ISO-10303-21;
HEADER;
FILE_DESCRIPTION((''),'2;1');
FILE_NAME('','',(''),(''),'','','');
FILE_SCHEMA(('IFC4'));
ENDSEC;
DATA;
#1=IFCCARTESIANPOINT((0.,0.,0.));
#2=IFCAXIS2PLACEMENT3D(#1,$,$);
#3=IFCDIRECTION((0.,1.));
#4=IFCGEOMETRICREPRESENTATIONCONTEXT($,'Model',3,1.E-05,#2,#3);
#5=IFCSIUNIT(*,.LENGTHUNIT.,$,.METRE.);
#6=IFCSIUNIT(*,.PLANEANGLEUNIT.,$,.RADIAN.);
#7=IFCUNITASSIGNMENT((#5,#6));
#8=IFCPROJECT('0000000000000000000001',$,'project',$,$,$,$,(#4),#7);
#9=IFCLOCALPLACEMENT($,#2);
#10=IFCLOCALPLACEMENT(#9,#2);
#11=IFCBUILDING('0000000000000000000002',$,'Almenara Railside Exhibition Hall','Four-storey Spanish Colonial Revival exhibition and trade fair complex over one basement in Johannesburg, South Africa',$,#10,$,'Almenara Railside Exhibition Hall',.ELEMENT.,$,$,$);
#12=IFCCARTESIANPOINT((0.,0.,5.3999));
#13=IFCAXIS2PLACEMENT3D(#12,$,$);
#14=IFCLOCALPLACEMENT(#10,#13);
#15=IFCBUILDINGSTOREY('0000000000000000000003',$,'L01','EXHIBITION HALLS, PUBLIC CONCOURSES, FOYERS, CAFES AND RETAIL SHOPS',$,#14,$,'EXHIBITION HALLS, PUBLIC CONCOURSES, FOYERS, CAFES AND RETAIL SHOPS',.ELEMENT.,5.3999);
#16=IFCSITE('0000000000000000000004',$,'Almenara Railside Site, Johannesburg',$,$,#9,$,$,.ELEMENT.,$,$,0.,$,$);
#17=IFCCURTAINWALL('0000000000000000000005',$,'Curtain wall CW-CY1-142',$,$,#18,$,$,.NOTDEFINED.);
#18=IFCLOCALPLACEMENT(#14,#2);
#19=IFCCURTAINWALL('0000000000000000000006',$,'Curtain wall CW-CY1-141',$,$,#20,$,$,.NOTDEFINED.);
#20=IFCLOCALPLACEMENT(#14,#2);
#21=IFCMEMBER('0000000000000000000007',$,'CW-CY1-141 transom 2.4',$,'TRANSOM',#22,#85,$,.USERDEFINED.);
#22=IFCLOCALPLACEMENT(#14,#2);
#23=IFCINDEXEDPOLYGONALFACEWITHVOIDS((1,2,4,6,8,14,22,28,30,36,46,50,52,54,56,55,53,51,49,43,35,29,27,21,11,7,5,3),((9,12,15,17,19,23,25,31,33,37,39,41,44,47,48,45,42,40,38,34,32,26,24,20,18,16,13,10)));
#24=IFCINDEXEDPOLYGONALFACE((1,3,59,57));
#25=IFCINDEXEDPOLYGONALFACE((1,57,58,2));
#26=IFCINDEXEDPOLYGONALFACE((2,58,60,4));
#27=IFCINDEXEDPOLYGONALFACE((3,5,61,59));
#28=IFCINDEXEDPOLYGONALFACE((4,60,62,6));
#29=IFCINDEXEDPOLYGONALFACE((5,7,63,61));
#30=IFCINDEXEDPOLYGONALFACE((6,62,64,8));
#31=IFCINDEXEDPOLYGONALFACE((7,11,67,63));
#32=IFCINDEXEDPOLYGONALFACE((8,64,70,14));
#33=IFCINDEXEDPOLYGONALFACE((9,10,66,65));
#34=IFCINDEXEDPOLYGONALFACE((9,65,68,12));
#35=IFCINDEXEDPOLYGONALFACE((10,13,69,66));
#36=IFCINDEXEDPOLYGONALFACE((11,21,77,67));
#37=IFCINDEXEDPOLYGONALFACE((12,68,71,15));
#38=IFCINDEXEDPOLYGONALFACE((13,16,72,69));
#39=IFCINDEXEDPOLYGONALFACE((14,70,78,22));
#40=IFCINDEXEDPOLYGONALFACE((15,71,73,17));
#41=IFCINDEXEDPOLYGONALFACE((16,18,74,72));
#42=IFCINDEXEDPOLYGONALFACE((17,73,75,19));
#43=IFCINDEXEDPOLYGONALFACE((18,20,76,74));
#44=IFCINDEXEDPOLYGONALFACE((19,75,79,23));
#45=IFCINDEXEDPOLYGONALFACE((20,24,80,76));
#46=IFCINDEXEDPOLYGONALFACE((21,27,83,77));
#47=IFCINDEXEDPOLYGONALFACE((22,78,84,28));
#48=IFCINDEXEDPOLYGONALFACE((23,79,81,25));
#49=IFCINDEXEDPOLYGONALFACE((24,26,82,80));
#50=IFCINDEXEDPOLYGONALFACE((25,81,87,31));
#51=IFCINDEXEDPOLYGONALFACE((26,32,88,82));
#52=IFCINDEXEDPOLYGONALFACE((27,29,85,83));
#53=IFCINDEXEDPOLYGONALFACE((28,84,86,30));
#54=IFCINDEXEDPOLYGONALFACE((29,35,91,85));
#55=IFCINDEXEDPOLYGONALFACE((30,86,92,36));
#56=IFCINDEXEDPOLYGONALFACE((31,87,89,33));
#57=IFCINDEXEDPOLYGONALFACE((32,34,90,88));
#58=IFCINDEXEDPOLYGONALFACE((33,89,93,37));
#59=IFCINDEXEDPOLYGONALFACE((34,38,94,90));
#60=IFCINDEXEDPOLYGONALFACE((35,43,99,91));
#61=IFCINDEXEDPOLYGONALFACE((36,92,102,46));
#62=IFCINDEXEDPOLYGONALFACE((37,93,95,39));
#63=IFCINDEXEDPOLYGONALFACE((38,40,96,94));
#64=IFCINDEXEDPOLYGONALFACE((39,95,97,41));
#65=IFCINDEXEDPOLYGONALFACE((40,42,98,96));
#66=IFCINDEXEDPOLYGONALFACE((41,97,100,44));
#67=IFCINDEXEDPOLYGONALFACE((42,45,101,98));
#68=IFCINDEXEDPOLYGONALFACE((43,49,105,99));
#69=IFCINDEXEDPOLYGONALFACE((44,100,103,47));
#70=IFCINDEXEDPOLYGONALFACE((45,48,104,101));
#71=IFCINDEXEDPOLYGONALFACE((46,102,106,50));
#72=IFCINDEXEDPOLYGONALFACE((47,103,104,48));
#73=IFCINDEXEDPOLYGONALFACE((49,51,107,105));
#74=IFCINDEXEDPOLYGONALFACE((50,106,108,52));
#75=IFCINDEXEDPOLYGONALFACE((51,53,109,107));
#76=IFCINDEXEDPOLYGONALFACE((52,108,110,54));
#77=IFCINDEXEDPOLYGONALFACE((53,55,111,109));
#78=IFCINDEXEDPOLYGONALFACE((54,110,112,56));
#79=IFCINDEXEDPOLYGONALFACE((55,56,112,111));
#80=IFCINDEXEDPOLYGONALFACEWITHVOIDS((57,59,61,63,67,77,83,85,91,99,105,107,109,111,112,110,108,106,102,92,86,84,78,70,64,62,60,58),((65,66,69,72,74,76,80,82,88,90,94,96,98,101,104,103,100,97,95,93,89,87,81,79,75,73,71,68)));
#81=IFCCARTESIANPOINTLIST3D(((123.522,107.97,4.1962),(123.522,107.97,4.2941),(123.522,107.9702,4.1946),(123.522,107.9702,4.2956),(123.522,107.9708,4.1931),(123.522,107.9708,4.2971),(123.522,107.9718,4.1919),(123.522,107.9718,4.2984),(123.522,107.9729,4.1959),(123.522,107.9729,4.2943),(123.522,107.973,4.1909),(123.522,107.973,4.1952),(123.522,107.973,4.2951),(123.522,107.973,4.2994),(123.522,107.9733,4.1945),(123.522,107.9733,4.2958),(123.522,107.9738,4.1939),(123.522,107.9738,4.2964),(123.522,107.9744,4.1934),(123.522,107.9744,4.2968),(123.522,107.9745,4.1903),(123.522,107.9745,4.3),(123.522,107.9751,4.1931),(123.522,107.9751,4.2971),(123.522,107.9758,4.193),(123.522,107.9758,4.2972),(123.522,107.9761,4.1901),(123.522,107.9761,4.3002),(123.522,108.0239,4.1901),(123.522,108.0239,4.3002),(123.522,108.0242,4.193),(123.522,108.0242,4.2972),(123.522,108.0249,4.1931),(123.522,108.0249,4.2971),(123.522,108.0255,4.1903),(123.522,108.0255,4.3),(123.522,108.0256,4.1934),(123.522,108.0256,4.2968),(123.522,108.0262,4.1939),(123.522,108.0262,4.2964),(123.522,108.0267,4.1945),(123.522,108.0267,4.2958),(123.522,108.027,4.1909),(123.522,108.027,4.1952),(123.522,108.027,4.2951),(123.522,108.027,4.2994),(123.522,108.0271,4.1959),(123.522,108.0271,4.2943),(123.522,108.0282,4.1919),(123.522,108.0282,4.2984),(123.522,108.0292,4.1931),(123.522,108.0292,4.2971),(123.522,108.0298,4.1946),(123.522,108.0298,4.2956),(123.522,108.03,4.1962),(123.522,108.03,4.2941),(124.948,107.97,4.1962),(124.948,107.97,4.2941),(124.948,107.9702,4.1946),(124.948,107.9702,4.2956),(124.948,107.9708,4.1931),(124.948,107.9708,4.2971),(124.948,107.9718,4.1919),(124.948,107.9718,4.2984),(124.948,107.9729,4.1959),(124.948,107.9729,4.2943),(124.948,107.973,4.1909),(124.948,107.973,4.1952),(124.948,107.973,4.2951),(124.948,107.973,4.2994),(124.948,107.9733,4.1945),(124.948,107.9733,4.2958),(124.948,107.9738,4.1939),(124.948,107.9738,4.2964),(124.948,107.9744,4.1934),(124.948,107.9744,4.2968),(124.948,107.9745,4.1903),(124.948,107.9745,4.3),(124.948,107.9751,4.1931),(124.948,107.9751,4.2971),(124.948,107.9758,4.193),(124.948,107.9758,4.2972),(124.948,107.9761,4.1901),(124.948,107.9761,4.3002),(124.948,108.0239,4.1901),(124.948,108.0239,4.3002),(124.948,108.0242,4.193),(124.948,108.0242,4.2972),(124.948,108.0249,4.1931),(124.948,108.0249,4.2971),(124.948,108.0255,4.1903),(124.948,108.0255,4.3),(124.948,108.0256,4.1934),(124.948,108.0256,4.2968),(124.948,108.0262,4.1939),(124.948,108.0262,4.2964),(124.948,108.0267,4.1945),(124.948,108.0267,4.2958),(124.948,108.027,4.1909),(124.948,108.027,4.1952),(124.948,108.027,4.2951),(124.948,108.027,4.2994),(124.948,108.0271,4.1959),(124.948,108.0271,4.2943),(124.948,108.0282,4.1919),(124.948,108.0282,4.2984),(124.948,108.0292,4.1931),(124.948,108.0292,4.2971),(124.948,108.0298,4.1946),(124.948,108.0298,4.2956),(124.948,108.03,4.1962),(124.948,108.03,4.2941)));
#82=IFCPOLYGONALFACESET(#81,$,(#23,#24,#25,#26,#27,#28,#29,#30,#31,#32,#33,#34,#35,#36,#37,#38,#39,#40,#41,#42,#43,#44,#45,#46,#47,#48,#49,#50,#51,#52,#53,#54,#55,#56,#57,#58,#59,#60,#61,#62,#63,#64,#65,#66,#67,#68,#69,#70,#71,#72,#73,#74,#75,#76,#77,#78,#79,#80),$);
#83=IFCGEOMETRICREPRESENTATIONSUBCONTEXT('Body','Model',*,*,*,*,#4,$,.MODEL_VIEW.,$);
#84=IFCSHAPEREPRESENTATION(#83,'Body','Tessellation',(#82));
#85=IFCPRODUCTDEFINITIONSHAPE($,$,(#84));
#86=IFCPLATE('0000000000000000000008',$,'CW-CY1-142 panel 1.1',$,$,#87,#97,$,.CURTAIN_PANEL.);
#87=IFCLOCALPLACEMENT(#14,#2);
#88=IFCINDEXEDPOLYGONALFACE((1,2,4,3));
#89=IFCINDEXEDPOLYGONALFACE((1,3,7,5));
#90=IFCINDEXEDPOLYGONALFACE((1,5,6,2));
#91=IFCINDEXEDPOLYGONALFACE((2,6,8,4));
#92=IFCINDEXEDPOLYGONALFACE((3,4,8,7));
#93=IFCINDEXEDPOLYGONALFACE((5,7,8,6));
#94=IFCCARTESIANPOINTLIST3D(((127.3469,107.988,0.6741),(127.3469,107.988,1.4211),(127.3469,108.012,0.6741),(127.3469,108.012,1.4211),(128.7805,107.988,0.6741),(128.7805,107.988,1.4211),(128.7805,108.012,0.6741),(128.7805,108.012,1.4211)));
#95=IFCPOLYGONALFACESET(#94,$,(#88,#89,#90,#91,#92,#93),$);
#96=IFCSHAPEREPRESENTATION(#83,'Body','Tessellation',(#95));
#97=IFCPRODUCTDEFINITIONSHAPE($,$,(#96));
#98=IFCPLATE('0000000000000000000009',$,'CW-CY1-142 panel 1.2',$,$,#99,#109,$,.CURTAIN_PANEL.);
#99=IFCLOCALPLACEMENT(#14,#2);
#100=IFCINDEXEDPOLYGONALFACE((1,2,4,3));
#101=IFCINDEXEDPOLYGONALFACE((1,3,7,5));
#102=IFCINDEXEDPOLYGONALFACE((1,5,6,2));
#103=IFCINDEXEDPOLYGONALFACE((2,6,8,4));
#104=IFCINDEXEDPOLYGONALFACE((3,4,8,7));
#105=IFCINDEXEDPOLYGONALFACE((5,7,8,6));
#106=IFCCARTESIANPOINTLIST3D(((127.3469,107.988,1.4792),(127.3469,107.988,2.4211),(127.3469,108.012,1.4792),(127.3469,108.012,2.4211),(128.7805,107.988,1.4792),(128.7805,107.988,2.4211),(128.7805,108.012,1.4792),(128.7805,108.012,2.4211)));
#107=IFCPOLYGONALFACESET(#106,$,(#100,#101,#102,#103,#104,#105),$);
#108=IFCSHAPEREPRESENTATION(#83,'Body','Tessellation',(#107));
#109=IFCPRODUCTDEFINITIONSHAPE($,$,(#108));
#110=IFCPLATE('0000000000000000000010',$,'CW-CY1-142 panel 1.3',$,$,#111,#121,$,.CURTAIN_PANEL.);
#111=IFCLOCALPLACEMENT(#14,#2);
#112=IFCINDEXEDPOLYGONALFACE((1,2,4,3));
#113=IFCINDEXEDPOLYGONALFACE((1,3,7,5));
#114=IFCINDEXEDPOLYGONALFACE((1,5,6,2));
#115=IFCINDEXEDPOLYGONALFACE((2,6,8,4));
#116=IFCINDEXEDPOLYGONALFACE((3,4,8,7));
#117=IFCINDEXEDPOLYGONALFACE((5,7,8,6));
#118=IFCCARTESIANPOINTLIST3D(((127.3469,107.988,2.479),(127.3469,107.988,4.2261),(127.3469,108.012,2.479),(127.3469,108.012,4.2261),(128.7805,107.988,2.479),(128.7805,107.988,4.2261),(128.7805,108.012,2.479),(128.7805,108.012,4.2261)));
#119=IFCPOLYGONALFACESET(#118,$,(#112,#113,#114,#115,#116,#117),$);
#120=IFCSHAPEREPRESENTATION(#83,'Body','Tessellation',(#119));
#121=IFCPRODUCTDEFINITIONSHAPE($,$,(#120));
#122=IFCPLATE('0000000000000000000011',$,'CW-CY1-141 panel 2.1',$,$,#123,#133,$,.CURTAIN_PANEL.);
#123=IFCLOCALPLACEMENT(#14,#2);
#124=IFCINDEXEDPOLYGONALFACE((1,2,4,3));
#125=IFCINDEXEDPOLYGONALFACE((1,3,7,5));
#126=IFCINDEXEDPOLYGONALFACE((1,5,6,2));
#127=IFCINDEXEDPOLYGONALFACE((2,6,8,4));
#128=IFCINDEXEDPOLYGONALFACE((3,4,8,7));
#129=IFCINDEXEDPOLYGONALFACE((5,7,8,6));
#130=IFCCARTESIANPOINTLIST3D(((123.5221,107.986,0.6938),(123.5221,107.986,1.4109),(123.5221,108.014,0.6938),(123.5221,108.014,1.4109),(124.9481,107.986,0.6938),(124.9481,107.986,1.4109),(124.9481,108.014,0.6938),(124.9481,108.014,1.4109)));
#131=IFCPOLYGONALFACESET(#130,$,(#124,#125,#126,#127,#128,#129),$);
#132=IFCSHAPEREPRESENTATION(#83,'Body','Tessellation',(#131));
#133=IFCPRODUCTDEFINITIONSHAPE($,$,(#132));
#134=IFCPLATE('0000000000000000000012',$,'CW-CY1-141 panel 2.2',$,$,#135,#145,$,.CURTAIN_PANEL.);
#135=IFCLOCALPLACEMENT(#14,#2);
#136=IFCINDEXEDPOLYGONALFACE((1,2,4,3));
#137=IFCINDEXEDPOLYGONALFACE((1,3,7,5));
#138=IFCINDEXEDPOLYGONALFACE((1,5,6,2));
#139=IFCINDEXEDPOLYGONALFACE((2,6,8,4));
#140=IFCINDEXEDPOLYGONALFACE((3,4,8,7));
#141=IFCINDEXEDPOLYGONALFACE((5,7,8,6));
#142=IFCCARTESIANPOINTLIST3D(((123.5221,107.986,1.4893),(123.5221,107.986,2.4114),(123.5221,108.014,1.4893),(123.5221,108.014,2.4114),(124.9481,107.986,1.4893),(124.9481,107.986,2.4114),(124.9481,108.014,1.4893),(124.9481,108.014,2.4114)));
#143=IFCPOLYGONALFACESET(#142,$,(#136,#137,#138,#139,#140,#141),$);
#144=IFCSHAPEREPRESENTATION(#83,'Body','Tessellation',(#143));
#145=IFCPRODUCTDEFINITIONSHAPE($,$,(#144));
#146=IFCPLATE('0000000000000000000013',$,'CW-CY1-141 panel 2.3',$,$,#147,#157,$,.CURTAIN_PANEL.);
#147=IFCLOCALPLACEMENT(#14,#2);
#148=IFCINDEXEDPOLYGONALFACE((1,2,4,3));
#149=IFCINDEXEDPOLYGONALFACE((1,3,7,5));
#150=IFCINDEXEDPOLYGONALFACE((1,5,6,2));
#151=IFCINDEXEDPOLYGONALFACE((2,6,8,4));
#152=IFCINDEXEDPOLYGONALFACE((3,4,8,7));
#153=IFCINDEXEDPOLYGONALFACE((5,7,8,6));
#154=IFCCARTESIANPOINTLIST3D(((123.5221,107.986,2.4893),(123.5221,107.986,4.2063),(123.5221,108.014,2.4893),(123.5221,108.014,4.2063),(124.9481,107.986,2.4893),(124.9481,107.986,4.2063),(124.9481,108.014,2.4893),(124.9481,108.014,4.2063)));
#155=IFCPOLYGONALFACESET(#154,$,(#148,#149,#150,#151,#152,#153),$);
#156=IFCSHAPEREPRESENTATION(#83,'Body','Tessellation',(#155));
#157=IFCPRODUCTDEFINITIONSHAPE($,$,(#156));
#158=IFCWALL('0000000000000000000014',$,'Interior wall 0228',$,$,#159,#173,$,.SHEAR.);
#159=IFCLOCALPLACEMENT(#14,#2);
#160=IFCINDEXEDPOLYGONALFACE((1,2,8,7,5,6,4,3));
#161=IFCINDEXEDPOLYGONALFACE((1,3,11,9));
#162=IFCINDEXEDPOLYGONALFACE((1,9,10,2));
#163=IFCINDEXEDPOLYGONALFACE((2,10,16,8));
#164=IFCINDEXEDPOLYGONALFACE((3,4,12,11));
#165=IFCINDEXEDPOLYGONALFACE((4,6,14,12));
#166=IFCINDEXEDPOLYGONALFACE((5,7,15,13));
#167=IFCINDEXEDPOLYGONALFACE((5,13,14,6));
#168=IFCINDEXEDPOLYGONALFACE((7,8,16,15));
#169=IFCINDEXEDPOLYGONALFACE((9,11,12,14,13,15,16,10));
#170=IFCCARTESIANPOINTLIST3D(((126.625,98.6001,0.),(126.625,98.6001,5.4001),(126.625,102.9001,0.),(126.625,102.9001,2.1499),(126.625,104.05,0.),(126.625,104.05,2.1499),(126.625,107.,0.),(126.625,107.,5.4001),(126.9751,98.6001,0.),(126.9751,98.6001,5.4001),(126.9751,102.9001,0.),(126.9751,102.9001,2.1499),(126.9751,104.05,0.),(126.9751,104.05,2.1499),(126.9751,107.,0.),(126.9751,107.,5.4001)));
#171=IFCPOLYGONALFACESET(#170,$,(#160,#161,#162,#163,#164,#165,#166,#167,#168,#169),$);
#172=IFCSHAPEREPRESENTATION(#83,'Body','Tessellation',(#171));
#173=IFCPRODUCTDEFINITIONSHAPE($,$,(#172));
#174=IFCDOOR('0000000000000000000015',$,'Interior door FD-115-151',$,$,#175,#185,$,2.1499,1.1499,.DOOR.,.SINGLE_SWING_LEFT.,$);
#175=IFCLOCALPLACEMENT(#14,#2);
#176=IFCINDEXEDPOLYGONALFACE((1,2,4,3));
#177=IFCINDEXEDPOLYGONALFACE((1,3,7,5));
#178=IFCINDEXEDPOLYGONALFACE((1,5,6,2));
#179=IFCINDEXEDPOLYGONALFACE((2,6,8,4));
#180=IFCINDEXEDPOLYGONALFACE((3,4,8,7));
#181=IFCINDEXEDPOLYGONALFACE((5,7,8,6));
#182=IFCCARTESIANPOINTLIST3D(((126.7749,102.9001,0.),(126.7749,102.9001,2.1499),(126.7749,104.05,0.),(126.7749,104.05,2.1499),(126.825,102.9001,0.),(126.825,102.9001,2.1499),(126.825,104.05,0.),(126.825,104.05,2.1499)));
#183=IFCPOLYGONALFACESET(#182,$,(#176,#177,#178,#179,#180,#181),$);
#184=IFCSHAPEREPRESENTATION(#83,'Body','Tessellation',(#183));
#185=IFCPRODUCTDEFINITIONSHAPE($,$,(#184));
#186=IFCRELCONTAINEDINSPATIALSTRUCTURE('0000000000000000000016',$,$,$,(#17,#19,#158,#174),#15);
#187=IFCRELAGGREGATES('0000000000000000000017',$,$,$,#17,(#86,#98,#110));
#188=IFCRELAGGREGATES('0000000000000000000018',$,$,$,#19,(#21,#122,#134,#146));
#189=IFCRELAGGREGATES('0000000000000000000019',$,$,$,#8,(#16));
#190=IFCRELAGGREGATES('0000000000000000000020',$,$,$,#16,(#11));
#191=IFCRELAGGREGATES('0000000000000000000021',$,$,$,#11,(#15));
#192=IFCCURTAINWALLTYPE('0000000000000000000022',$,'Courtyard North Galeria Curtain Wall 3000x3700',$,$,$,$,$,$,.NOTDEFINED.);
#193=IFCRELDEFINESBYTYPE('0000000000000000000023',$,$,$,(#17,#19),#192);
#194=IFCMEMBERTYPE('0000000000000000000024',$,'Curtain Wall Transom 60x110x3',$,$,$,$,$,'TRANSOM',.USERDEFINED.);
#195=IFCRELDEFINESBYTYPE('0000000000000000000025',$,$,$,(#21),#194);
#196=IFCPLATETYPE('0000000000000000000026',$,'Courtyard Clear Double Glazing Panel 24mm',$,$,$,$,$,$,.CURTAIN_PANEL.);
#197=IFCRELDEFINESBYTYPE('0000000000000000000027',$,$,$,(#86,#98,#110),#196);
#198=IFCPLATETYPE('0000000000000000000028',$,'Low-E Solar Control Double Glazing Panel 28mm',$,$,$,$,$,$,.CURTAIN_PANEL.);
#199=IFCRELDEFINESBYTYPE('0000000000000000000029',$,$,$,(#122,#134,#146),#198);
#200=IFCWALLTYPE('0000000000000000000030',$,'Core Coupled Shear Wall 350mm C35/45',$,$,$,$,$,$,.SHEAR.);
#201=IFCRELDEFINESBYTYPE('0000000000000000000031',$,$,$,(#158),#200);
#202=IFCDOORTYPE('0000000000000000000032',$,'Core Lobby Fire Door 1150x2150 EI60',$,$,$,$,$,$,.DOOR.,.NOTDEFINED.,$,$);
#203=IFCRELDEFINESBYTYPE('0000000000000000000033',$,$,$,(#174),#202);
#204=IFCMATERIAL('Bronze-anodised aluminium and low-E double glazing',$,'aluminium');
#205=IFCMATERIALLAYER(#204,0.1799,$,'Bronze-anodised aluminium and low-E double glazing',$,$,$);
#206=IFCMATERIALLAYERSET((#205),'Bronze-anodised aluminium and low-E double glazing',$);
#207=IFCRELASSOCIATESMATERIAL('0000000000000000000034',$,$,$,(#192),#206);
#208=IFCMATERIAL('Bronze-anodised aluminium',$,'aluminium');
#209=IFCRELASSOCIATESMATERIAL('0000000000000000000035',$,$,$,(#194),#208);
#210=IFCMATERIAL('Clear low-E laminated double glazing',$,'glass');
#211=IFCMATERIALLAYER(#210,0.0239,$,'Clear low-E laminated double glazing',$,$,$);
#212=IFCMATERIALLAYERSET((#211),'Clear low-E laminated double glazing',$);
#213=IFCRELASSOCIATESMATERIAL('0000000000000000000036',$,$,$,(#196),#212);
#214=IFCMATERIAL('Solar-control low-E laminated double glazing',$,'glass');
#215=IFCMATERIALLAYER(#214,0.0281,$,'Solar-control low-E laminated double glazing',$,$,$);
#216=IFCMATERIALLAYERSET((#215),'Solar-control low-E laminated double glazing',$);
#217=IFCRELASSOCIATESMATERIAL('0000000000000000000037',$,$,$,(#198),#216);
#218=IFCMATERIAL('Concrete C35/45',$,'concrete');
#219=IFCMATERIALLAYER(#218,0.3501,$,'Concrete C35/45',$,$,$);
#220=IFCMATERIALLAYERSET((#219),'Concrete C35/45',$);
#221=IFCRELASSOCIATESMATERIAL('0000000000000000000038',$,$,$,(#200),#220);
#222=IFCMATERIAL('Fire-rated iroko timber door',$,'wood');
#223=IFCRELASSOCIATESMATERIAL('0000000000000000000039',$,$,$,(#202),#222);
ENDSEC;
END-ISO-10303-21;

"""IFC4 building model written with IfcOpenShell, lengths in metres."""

from ifc_helpers import new_model, si_unit, direction, frame, frame_2d, origin, origin_2d, place, context, subcontext, project, spatial, rectangle, hollow_rectangle, extrude, material, layer, layer_set, material_profile, profile_set, type_object, element, fill, aggregate, save


model = new_model("IFC4")

# Units and contexts
model_context = context("Model", 3, precision=1e-05, world=origin(), true_north=direction((0.0, 1.0)))
body_context = subcontext(model_context, "Body", "Model", "MODEL_VIEW")
ifc_project = project(units=[si_unit("LENGTHUNIT", "METRE"), si_unit("PLANEANGLEUNIT", "RADIAN")], contexts=[model_context])

# Site, building, storey
site_placement = place(None, origin())
site = spatial("IfcSite", under=ifc_project, at=site_placement, Name="Almenara Railside Site, Johannesburg", CompositionType="ELEMENT", RefElevation=0.0)
building_placement = place(site_placement, origin())
building = spatial("IfcBuilding", under=site, at=building_placement, Name="Almenara Railside Exhibition Hall", Description="Four-storey Spanish Colonial Revival exhibition and trade fair complex over one basement in Johannesburg, South Africa", LongName="Almenara Railside Exhibition Hall", CompositionType="ELEMENT")
storey_placement = place(building_placement, frame((0.0, 0.0, 5.3999)))
storey = spatial("IfcBuildingStorey", under=building, at=storey_placement, Name="L01", Description="EXHIBITION HALLS, PUBLIC CONCOURSES, FOYERS, CAFES AND RETAIL SHOPS", LongName="EXHIBITION HALLS, PUBLIC CONCOURSES, FOYERS, CAFES AND RETAIL SHOPS", CompositionType="ELEMENT", Elevation=5.3999)

# Curtain walls
ifc_material_1 = material(Name="Bronze-anodised aluminium and low-E double glazing", Category="aluminium")
ifc_layer_1 = layer(ifc_material_1, 0.1799, Name="Bronze-anodised aluminium and low-E double glazing")
ifc_layer_set_1 = layer_set([ifc_layer_1], Name="Bronze-anodised aluminium and low-E double glazing")
curtain_wall_type = type_object("IfcCurtainWallType", Name="Courtyard North Galeria Curtain Wall 3000x3700", PredefinedType="NOTDEFINED", material=ifc_layer_set_1)
curtain_wall_1_placement = place(storey_placement, origin())
curtain_wall_1 = element("IfcCurtainWall", 1, at=curtain_wall_1_placement, inside=storey, type_object=curtain_wall_type, Name="Curtain wall CW-CY1-142", PredefinedType="NOTDEFINED")
ifc_material_2 = material(Name="Bronze-anodised aluminium", Category="aluminium")
curtain_wall_2_placement = place(storey_placement, origin())
curtain_wall_2 = element("IfcCurtainWall", 2, at=curtain_wall_2_placement, inside=storey, type_object=curtain_wall_type, Name="Curtain wall CW-CY1-141", PredefinedType="NOTDEFINED")

# Member
ifc_material_profile_1 = material_profile(ifc_material_2, hollow_rectangle(XDim=0.0601, YDim=0.1101, WallThickness=0.0029, InnerFilletRadius=0.0029, OuterFilletRadius=0.0061, at=origin_2d()), Name="ALU-TRN 60x110x3")
ifc_profile_set_1 = profile_set([ifc_material_profile_1], Name="Bronze-anodised aluminium")
member_type_1 = type_object("IfcMemberType", Name="Curtain Wall Transom 60x110x3", ElementType="TRANSOM", PredefinedType="USERDEFINED", material=ifc_profile_set_1)
member_1_placement = place(storey_placement, frame((123.522, 108.0, 4.2451), z_axis=(1.0, 0.0, 0.0), x_axis=(0.0, 1.0, 0.0)))
member_1 = element("IfcMember", 3, at=member_1_placement, type_object=member_type_1, Name="CW-CY1-141 transom 2.4", ObjectType="TRANSOM", PredefinedType="USERDEFINED", context=body_context, shape_type="SweptSolid", body=[
    extrude(hollow_rectangle(XDim=0.0601, YDim=0.1101, WallThickness=0.0029, InnerFilletRadius=0.0029, OuterFilletRadius=0.0061, at=origin_2d()), origin(), (0.0, 0.0, 1.0), 1.426),
])

# Plates
ifc_material_3 = material(Name="Clear low-E laminated double glazing", Category="glass")
ifc_layer_2 = layer(ifc_material_3, 0.0239, Name="Clear low-E laminated double glazing")
ifc_layer_set_2 = layer_set([ifc_layer_2], Name="Clear low-E laminated double glazing")
plate_type_1 = type_object("IfcPlateType", Name="Courtyard Clear Double Glazing Panel 24mm", PredefinedType="CURTAIN_PANEL", material=ifc_layer_set_2)
plate_1_placement = place(storey_placement, frame((128.0637, 108.0, 0.6741), z_axis=(0.0, 0.0, 1.0), x_axis=(1.0, 0.0, 0.0)))
plate_1 = element("IfcPlate", 4, at=plate_1_placement, type_object=plate_type_1, Name="CW-CY1-142 panel 1.1", PredefinedType="CURTAIN_PANEL", context=body_context, shape_type="SweptSolid", body=[
    extrude(rectangle(XDim=1.4336, YDim=0.0239, at=origin_2d()), origin(), (0.0, 0.0, 1.0), 0.7471),
])
plate_2_placement = place(storey_placement, frame((128.0637, 108.0, 1.4792), z_axis=(0.0, 0.0, 1.0), x_axis=(1.0, 0.0, 0.0)))
plate_2 = element("IfcPlate", 5, at=plate_2_placement, type_object=plate_type_1, Name="CW-CY1-142 panel 1.2", PredefinedType="CURTAIN_PANEL", context=body_context, shape_type="SweptSolid", body=[
    extrude(rectangle(XDim=1.4336, YDim=0.0239, at=origin_2d()), origin(), (0.0, 0.0, 1.0), 0.9419),
])
plate_3_placement = place(storey_placement, frame((128.0637, 108.0, 2.479), z_axis=(0.0, 0.0, 1.0), x_axis=(1.0, 0.0, 0.0)))
plate_3 = element("IfcPlate", 6, at=plate_3_placement, type_object=plate_type_1, Name="CW-CY1-142 panel 1.3", PredefinedType="CURTAIN_PANEL", context=body_context, shape_type="SweptSolid", body=[
    extrude(rectangle(XDim=1.4336, YDim=0.0239, at=origin_2d()), origin(), (0.0, 0.0, 1.0), 1.7471),
])
aggregate(curtain_wall_1, [plate_1, plate_2, plate_3])
ifc_material_4 = material(Name="Solar-control low-E laminated double glazing", Category="glass")
ifc_layer_3 = layer(ifc_material_4, 0.0281, Name="Solar-control low-E laminated double glazing")
ifc_layer_set_3 = layer_set([ifc_layer_3], Name="Solar-control low-E laminated double glazing")
plate_type_2 = type_object("IfcPlateType", Name="Low-E Solar Control Double Glazing Panel 28mm", PredefinedType="CURTAIN_PANEL", material=ifc_layer_set_3)
plate_4_placement = place(storey_placement, frame((124.2351, 108.0, 0.6938), z_axis=(0.0, 0.0, 1.0), x_axis=(1.0, 0.0, 0.0)))
plate_4 = element("IfcPlate", 7, at=plate_4_placement, type_object=plate_type_2, Name="CW-CY1-141 panel 2.1", PredefinedType="CURTAIN_PANEL", context=body_context, shape_type="SweptSolid", body=[
    extrude(rectangle(XDim=1.426, YDim=0.0281, at=origin_2d()), origin(), (0.0, 0.0, 1.0), 0.717),
])
plate_5_placement = place(storey_placement, frame((124.2351, 108.0, 1.4893), z_axis=(0.0, 0.0, 1.0), x_axis=(1.0, 0.0, 0.0)))
plate_5 = element("IfcPlate", 8, at=plate_5_placement, type_object=plate_type_2, Name="CW-CY1-141 panel 2.2", PredefinedType="CURTAIN_PANEL", context=body_context, shape_type="SweptSolid", body=[
    extrude(rectangle(XDim=1.426, YDim=0.0281, at=origin_2d()), origin(), (0.0, 0.0, 1.0), 0.9221),
])
plate_6_placement = place(storey_placement, frame((124.2351, 108.0, 2.4893), z_axis=(0.0, 0.0, 1.0), x_axis=(1.0, 0.0, 0.0)))
plate_6 = element("IfcPlate", 9, at=plate_6_placement, type_object=plate_type_2, Name="CW-CY1-141 panel 2.3", PredefinedType="CURTAIN_PANEL", context=body_context, shape_type="SweptSolid", body=[
    extrude(rectangle(XDim=1.426, YDim=0.0281, at=origin_2d()), origin(), (0.0, 0.0, 1.0), 1.717),
])
aggregate(curtain_wall_2, [member_1, plate_4, plate_5, plate_6])

# Wall, opening, door
ifc_material_5 = material(Name="Concrete C35/45", Category="concrete")
ifc_layer_4 = layer(ifc_material_5, 0.3501, Name="Concrete C35/45")
ifc_layer_set_4 = layer_set([ifc_layer_4], Name="Concrete C35/45")
wall_type = type_object("IfcWallType", Name="Core Coupled Shear Wall 350mm C35/45", PredefinedType="SHEAR", material=ifc_layer_set_4)
wall_placement = place(storey_placement, frame((126.8, 107.0, 0.0), z_axis=(0.0, 0.0, 1.0), x_axis=(0.0, -1.0, 0.0)))
wall = element("IfcWall", 10, at=wall_placement, inside=storey, type_object=wall_type, Name="Interior wall 0228", PredefinedType="SHEAR", context=body_context, shape_type="SweptSolid", body=[
    extrude(rectangle(XDim=8.3999, YDim=0.3501, at=frame_2d((4.2, 0.0))), origin(), (0.0, 0.0, 1.0), 5.4001),
])
opening_placement = place(wall_placement, frame((2.95, 0.0, 0.0)))
opening = element("IfcOpeningElement", 11, at=opening_placement, cuts=wall, PredefinedType="OPENING", context=body_context, shape_type="SweptSolid", body=[
    extrude(rectangle(XDim=1.1499, YDim=2.1499, at=frame_2d((0.575, 1.075))), frame((0.0, 0.1851, 0.0), z_axis=(0.0, -1.0, 0.0), x_axis=(1.0, 0.0, 0.0)), (0.0, 0.0, 1.0), 0.3701),
])
ifc_material_6 = material(Name="Fire-rated iroko timber door", Category="wood")
door_type = type_object("IfcDoorType", Name="Core Lobby Fire Door 1150x2150 EI60", OperationType="NOTDEFINED", PredefinedType="DOOR", material=ifc_material_6)
door_placement = place(opening_placement, origin())
door = element("IfcDoor", 12, at=door_placement, inside=storey, type_object=door_type, Name="Interior door FD-115-151", OperationType="SINGLE_SWING_LEFT", OverallHeight=2.1499, OverallWidth=1.1499, PredefinedType="DOOR", context=body_context, shape_type="SweptSolid", body=[
    extrude(rectangle(XDim=1.1499, YDim=2.1499, at=frame_2d((0.575, 1.075))), frame((0.0, 0.0249, 0.0), z_axis=(0.0, -1.0, 0.0), x_axis=(1.0, 0.0, 0.0)), (0.0, 0.0, 1.0), 0.05),
])
fill(opening, door)

save(model, "model.ifc")
